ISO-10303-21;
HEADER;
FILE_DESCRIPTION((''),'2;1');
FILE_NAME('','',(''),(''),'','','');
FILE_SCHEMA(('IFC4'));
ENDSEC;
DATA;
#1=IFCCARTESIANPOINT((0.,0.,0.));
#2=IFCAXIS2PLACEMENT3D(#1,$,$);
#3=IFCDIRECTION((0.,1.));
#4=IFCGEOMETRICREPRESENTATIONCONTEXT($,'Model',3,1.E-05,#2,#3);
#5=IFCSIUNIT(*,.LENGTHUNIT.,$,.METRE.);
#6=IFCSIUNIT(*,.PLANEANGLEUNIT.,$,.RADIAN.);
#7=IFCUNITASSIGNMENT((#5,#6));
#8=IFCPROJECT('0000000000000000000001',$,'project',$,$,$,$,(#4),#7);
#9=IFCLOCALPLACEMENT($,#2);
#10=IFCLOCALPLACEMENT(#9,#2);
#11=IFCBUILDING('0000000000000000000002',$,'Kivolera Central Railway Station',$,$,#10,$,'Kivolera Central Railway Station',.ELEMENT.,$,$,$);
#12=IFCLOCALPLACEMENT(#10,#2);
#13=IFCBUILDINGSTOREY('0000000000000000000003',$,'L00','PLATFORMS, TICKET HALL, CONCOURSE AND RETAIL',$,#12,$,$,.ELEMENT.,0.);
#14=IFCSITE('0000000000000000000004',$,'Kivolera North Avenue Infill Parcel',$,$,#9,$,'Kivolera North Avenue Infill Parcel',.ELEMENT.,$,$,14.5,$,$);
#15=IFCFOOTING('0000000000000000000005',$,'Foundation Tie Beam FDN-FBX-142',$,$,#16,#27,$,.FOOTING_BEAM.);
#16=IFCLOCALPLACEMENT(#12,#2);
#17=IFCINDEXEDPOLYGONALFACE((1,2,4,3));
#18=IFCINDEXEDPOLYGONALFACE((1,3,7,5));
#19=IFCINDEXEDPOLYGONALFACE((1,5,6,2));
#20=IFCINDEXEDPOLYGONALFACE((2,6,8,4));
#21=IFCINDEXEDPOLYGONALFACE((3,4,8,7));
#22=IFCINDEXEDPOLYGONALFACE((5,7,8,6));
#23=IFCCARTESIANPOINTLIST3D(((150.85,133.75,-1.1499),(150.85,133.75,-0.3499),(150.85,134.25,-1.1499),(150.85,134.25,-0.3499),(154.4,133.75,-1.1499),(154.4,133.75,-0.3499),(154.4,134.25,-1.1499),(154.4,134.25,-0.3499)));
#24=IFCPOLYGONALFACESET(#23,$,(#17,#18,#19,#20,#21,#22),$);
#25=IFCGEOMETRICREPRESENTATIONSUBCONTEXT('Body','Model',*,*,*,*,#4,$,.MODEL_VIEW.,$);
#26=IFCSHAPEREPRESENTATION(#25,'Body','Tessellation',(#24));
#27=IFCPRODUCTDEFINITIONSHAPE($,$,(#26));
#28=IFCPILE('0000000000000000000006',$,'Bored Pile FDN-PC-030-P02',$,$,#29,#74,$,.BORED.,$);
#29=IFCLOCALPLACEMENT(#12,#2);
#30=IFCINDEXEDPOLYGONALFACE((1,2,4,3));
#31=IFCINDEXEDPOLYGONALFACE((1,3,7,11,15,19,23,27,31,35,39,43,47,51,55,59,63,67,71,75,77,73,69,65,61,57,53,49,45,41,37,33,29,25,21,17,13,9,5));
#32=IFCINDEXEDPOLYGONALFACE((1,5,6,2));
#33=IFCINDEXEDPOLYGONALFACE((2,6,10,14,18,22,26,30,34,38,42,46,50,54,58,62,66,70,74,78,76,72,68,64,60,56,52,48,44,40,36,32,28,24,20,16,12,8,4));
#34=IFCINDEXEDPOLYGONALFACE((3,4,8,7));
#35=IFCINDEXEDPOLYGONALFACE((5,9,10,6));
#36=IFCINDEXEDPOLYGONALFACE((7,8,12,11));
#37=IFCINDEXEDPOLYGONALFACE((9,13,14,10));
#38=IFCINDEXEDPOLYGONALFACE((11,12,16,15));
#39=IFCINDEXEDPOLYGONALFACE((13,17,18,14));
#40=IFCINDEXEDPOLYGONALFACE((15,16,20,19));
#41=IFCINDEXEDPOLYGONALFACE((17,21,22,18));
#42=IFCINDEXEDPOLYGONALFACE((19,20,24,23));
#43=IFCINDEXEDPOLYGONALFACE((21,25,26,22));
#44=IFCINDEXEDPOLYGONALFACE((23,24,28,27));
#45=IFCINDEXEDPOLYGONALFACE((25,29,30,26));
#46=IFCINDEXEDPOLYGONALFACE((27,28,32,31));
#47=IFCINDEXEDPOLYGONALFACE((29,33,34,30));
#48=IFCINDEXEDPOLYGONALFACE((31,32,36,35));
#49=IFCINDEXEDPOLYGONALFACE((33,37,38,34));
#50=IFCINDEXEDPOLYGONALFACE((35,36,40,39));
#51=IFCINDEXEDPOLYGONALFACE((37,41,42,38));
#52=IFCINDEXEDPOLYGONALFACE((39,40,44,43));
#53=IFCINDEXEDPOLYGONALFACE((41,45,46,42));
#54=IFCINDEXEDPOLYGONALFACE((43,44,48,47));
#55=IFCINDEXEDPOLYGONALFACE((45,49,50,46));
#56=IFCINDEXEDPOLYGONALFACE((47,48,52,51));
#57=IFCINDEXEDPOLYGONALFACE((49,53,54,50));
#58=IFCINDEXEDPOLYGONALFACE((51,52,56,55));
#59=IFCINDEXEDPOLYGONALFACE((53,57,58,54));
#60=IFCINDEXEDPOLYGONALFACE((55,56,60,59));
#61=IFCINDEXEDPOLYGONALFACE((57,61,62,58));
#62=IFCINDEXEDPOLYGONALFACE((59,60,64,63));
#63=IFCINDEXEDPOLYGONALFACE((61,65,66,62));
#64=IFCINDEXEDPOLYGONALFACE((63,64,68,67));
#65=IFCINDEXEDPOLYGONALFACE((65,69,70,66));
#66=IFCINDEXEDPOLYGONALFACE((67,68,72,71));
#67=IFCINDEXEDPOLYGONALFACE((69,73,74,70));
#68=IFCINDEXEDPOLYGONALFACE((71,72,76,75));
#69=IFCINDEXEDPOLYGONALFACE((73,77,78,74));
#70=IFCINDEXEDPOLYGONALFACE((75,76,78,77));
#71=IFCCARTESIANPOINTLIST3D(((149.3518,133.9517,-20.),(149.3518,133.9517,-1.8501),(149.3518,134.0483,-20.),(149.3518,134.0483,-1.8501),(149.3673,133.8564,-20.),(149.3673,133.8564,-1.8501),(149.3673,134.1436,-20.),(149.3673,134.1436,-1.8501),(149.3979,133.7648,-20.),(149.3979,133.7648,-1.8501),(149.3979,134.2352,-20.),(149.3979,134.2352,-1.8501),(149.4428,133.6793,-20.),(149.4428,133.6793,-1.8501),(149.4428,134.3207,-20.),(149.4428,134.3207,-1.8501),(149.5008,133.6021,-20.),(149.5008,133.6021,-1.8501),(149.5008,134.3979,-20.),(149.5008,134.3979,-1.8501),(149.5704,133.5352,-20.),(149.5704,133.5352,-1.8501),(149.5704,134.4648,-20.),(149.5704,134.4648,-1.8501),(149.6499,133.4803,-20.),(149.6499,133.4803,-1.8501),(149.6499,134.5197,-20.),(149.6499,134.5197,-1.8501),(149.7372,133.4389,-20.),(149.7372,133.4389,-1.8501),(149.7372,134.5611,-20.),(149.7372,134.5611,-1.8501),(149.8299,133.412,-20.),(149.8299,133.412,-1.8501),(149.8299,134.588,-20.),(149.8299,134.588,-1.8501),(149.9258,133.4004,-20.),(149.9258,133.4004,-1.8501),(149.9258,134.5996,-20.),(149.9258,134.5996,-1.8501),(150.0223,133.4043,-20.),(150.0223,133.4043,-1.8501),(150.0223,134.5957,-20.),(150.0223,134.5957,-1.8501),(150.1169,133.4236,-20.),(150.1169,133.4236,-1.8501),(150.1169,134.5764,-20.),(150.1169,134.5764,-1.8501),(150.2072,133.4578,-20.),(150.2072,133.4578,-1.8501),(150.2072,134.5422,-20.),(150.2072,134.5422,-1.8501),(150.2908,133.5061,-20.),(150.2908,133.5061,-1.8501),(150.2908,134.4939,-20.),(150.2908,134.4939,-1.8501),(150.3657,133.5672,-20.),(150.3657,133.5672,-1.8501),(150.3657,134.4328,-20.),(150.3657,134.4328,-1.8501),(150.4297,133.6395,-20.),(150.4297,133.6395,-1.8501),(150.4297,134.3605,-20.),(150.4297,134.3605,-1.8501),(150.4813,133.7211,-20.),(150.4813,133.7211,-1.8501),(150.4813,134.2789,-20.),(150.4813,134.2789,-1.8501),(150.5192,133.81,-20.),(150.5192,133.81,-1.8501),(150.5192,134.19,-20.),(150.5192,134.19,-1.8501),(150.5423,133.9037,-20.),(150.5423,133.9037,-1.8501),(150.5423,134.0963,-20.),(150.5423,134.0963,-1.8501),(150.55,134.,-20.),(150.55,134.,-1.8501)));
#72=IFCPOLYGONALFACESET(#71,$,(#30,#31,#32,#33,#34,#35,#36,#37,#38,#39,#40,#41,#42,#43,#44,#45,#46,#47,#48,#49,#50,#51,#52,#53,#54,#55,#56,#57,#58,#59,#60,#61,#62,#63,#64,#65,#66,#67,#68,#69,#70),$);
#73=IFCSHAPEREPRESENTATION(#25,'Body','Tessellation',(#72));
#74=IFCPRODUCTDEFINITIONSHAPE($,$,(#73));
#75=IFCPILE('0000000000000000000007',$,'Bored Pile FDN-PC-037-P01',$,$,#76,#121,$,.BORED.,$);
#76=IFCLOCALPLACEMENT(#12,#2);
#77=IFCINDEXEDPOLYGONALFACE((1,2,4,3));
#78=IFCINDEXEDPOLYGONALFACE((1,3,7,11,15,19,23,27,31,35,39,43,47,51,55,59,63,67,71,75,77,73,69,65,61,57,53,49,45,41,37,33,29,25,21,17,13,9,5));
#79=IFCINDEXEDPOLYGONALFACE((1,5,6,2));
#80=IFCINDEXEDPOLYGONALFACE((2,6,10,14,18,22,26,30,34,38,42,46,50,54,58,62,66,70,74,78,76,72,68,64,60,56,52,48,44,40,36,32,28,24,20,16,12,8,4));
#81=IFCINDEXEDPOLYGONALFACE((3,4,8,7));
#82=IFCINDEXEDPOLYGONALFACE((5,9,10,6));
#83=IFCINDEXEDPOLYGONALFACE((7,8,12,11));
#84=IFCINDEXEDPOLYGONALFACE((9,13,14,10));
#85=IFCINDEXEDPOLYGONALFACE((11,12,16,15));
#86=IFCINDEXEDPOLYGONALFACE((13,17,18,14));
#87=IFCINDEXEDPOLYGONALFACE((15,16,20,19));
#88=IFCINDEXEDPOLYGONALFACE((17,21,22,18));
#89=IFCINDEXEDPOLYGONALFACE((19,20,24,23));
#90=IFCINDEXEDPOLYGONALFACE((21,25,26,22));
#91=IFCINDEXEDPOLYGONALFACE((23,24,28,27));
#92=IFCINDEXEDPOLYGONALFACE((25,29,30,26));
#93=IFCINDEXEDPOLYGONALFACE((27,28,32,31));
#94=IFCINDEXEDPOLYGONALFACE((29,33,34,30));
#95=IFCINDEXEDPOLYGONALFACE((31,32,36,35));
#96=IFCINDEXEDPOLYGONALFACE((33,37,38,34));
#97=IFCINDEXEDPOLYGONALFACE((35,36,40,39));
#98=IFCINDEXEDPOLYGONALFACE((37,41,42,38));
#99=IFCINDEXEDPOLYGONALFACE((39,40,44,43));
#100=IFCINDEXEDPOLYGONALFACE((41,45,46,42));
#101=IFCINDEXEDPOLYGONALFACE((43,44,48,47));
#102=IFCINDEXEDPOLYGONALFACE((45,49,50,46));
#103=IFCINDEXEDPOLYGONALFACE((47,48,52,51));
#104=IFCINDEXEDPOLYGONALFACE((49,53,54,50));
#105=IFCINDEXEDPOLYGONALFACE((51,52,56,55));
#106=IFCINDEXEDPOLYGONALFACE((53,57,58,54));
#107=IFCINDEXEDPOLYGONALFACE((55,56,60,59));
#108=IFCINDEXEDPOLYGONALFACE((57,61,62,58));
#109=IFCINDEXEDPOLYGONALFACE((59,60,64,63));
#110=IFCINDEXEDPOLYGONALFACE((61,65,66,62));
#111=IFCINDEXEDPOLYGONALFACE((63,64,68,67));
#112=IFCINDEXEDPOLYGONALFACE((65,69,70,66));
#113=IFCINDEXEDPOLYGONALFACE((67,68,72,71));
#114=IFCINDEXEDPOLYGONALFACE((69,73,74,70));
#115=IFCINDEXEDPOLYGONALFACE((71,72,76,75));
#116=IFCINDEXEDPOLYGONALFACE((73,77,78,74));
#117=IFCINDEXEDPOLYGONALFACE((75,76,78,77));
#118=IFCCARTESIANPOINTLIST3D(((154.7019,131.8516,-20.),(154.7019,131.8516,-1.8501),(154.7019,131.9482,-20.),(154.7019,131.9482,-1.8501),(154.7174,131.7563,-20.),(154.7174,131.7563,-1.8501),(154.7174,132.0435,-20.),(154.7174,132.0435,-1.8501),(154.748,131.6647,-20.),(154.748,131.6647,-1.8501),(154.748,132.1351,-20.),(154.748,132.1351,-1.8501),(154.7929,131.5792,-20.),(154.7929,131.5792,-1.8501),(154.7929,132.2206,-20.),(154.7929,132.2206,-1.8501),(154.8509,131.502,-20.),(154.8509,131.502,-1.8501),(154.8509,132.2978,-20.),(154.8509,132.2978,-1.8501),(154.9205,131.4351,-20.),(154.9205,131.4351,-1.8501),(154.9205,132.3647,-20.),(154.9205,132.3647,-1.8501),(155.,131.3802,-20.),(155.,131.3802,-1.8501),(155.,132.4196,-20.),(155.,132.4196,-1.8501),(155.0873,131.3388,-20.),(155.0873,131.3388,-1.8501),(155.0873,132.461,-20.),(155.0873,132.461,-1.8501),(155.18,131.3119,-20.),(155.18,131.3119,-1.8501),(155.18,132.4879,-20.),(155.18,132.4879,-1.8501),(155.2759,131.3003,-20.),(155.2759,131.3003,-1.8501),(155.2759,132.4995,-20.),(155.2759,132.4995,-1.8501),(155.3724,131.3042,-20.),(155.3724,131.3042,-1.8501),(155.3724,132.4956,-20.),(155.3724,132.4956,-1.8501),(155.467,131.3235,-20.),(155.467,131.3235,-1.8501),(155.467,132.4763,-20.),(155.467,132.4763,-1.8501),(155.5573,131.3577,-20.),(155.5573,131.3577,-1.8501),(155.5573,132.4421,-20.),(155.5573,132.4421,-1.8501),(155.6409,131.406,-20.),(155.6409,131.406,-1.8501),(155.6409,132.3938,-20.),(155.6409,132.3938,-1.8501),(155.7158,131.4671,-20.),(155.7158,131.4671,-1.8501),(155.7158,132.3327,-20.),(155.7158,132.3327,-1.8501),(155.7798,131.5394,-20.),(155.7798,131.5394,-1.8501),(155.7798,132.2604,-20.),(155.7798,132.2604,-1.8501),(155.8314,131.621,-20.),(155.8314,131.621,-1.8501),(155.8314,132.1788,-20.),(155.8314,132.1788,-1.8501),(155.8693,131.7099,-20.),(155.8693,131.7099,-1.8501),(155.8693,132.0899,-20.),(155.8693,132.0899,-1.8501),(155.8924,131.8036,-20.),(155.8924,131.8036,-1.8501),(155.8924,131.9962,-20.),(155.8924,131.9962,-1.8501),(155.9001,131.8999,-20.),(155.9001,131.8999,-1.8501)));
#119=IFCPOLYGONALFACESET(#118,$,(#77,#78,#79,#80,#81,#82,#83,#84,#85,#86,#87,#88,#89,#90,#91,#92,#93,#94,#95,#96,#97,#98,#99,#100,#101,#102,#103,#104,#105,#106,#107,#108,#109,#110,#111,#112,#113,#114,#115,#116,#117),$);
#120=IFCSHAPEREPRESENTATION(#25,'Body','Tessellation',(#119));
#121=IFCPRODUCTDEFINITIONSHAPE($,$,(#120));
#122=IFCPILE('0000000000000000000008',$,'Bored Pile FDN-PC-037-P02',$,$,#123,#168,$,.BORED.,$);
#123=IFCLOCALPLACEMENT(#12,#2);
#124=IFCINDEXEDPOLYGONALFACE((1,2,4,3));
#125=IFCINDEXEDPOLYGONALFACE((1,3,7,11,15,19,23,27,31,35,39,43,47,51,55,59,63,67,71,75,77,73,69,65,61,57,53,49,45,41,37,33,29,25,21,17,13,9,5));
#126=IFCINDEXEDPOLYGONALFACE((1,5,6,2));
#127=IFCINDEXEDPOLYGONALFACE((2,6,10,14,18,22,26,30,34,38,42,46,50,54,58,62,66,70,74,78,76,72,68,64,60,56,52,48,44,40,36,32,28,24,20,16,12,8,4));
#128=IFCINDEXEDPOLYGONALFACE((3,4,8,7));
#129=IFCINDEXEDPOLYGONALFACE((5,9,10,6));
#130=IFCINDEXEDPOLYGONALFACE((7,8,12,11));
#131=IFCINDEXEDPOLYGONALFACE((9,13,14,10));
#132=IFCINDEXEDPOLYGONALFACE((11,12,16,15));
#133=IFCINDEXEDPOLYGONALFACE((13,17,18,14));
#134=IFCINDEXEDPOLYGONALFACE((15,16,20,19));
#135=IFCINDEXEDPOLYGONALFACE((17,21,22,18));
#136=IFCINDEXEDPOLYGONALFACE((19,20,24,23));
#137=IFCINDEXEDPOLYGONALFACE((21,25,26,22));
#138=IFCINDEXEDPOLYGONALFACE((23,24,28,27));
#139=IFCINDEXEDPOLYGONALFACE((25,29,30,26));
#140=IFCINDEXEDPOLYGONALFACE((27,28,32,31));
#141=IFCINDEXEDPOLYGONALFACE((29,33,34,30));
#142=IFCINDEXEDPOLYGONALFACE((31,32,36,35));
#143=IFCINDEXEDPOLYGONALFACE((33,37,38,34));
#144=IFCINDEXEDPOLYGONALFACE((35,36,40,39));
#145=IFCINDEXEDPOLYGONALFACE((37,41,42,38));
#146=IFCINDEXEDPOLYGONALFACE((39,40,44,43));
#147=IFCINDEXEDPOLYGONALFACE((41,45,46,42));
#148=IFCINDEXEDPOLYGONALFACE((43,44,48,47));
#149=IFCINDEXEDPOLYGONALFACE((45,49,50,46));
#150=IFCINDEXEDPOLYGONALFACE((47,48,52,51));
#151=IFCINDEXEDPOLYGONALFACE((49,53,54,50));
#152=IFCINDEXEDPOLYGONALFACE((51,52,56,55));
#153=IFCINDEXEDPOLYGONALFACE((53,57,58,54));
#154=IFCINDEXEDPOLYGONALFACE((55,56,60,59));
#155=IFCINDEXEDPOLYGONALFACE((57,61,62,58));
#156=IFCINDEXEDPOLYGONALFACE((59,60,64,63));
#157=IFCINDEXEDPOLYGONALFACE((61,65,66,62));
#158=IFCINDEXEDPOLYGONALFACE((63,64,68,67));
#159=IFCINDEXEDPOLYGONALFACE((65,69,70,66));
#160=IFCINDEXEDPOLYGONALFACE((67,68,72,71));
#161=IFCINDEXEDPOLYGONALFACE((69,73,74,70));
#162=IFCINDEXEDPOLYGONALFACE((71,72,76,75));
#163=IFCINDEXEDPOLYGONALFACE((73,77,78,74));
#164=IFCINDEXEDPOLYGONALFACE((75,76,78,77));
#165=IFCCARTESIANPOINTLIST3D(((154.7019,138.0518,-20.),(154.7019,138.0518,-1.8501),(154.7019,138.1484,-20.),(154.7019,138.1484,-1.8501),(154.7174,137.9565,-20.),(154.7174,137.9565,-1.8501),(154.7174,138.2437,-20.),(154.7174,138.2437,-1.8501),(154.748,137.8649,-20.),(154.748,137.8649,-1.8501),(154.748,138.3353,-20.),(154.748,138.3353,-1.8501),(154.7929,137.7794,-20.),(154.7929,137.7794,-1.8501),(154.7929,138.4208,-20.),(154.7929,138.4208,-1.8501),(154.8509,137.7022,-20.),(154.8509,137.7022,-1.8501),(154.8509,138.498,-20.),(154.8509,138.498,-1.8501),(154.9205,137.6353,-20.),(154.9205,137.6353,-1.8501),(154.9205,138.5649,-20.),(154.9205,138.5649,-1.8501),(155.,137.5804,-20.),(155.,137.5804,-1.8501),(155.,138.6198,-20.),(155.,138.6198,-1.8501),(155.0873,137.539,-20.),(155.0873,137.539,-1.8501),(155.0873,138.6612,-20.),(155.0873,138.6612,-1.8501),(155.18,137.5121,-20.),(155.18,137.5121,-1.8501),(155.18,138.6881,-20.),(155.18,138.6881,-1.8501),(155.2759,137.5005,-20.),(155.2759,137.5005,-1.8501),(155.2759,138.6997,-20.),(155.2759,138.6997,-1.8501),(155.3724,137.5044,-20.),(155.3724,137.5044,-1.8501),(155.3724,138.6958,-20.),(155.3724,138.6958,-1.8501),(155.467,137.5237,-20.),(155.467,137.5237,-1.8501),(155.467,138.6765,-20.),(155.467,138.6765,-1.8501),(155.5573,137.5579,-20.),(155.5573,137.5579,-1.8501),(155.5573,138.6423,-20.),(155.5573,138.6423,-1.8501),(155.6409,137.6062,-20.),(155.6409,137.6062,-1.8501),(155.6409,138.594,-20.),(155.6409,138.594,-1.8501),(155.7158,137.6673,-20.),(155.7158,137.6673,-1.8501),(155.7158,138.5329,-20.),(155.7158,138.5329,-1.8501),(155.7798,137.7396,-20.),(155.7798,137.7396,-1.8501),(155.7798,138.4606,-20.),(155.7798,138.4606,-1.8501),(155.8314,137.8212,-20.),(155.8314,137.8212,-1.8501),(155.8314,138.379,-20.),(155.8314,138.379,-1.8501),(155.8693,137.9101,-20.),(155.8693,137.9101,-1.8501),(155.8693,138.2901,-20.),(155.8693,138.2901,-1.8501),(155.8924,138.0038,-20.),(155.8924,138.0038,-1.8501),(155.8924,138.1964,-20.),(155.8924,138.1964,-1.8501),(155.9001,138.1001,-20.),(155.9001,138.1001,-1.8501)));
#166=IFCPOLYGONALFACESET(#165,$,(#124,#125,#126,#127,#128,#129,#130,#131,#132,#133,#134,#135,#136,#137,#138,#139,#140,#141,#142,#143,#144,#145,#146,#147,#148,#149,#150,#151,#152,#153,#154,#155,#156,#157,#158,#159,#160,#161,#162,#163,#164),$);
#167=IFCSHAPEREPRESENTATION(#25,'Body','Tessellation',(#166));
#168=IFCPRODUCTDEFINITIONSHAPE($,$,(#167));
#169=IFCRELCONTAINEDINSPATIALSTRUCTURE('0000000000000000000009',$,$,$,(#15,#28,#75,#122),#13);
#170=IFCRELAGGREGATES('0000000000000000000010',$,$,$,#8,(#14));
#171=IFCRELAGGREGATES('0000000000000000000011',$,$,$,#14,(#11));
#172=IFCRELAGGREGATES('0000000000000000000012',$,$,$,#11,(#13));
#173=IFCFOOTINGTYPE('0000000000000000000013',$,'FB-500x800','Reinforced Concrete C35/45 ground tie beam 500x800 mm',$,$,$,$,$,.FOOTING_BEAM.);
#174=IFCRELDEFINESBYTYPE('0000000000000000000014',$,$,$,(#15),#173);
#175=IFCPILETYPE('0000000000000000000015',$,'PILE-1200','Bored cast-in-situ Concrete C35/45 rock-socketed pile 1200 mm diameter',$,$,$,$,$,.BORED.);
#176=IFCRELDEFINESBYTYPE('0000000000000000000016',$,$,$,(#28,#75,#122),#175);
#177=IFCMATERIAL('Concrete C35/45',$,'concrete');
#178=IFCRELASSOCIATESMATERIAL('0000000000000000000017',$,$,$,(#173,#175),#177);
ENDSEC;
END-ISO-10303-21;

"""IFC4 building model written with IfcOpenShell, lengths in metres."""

from ifc_helpers import new_model, si_unit, direction, frame, origin, origin_2d, place, context, subcontext, project, spatial, rectangle, circle, extrude, material, material_profile, profile_set, type_object, element, save


model = new_model("IFC4")

# Units and contexts
model_context = context("Model", 3, precision=1e-05, world=origin(), true_north=direction((0.0, 1.0)))
body_context = subcontext(model_context, "Body", "Model", "MODEL_VIEW")
ifc_project = project(units=[si_unit("LENGTHUNIT", "METRE"), si_unit("PLANEANGLEUNIT", "RADIAN")], contexts=[model_context])

# Site, building, storey
site_placement = place(None, origin())
site = spatial("IfcSite", under=ifc_project, at=site_placement, Name="Kivolera North Avenue Infill Parcel", LongName="Kivolera North Avenue Infill Parcel", CompositionType="ELEMENT", RefElevation=14.5)
building_placement = place(site_placement, origin())
building = spatial("IfcBuilding", under=site, at=building_placement, Name="Kivolera Central Railway Station", LongName="Kivolera Central Railway Station", CompositionType="ELEMENT")
storey_placement = place(building_placement, origin())
storey = spatial("IfcBuildingStorey", under=building, at=storey_placement, Name="L00", Description="PLATFORMS, TICKET HALL, CONCOURSE AND RETAIL", CompositionType="ELEMENT", Elevation=0.0)

# Footing
ifc_material_1 = material(Name="Concrete C35/45", Category="concrete")
footing_type = type_object("IfcFootingType", Name="FB-500x800", Description="Reinforced Concrete C35/45 ground tie beam 500x800 mm", PredefinedType="FOOTING_BEAM", material=ifc_material_1)
footing_placement = place(storey_placement, frame((152.625, 134.0, -1.1499), z_axis=(0.0, 0.0, 1.0), x_axis=(1.0, 0.0, 0.0)))
element("IfcFooting", 1, at=footing_placement, inside=storey, type_object=footing_type, Name="Foundation Tie Beam FDN-FBX-142", PredefinedType="FOOTING_BEAM", context=body_context, shape_type="SweptSolid", body=[
    extrude(rectangle(XDim=3.55, YDim=0.5, at=origin_2d()), origin(), (0.0, 0.0, 1.0), 0.8),
])

# Piles
ifc_material_profile_1 = material_profile(ifc_material_1, circle(Radius=0.6001, at=origin_2d()), Name="PILE D1200")
ifc_profile_set_1 = profile_set([ifc_material_profile_1], Name="Concrete C35/45")
pile_type_1 = type_object("IfcPileType", Name="PILE-1200", Description="Bored cast-in-situ Concrete C35/45 rock-socketed pile 1200 mm diameter", PredefinedType="BORED", material=ifc_profile_set_1)
for number, where, z_axis, x_axis, name in (
    (2, (149.95, 134.0, -1.8501), (0.0, 0.0, -1.0), (1.0, 0.0, 0.0), "Bored Pile FDN-PC-030-P02"),
    (3, (155.3, 131.8999, -1.8501), (0.0, 0.0, -1.0), (1.0, 0.0, 0.0), "Bored Pile FDN-PC-037-P01"),
    (4, (155.3, 138.1001, -1.8501), (0.0, 0.0, -1.0), (1.0, 0.0, 0.0), "Bored Pile FDN-PC-037-P02"),
):
    element("IfcPile", number, at=place(storey_placement, frame(where, z_axis=z_axis, x_axis=x_axis)), inside=storey, type_object=pile_type_1, Name=name, PredefinedType="BORED", context=body_context, shape_type="SweptSolid", body=[
        extrude(circle(Radius=0.6001, at=origin_2d()), origin(), (0.0, 0.0, 1.0), 18.1499),
    ])

save(model, "model.ifc")
